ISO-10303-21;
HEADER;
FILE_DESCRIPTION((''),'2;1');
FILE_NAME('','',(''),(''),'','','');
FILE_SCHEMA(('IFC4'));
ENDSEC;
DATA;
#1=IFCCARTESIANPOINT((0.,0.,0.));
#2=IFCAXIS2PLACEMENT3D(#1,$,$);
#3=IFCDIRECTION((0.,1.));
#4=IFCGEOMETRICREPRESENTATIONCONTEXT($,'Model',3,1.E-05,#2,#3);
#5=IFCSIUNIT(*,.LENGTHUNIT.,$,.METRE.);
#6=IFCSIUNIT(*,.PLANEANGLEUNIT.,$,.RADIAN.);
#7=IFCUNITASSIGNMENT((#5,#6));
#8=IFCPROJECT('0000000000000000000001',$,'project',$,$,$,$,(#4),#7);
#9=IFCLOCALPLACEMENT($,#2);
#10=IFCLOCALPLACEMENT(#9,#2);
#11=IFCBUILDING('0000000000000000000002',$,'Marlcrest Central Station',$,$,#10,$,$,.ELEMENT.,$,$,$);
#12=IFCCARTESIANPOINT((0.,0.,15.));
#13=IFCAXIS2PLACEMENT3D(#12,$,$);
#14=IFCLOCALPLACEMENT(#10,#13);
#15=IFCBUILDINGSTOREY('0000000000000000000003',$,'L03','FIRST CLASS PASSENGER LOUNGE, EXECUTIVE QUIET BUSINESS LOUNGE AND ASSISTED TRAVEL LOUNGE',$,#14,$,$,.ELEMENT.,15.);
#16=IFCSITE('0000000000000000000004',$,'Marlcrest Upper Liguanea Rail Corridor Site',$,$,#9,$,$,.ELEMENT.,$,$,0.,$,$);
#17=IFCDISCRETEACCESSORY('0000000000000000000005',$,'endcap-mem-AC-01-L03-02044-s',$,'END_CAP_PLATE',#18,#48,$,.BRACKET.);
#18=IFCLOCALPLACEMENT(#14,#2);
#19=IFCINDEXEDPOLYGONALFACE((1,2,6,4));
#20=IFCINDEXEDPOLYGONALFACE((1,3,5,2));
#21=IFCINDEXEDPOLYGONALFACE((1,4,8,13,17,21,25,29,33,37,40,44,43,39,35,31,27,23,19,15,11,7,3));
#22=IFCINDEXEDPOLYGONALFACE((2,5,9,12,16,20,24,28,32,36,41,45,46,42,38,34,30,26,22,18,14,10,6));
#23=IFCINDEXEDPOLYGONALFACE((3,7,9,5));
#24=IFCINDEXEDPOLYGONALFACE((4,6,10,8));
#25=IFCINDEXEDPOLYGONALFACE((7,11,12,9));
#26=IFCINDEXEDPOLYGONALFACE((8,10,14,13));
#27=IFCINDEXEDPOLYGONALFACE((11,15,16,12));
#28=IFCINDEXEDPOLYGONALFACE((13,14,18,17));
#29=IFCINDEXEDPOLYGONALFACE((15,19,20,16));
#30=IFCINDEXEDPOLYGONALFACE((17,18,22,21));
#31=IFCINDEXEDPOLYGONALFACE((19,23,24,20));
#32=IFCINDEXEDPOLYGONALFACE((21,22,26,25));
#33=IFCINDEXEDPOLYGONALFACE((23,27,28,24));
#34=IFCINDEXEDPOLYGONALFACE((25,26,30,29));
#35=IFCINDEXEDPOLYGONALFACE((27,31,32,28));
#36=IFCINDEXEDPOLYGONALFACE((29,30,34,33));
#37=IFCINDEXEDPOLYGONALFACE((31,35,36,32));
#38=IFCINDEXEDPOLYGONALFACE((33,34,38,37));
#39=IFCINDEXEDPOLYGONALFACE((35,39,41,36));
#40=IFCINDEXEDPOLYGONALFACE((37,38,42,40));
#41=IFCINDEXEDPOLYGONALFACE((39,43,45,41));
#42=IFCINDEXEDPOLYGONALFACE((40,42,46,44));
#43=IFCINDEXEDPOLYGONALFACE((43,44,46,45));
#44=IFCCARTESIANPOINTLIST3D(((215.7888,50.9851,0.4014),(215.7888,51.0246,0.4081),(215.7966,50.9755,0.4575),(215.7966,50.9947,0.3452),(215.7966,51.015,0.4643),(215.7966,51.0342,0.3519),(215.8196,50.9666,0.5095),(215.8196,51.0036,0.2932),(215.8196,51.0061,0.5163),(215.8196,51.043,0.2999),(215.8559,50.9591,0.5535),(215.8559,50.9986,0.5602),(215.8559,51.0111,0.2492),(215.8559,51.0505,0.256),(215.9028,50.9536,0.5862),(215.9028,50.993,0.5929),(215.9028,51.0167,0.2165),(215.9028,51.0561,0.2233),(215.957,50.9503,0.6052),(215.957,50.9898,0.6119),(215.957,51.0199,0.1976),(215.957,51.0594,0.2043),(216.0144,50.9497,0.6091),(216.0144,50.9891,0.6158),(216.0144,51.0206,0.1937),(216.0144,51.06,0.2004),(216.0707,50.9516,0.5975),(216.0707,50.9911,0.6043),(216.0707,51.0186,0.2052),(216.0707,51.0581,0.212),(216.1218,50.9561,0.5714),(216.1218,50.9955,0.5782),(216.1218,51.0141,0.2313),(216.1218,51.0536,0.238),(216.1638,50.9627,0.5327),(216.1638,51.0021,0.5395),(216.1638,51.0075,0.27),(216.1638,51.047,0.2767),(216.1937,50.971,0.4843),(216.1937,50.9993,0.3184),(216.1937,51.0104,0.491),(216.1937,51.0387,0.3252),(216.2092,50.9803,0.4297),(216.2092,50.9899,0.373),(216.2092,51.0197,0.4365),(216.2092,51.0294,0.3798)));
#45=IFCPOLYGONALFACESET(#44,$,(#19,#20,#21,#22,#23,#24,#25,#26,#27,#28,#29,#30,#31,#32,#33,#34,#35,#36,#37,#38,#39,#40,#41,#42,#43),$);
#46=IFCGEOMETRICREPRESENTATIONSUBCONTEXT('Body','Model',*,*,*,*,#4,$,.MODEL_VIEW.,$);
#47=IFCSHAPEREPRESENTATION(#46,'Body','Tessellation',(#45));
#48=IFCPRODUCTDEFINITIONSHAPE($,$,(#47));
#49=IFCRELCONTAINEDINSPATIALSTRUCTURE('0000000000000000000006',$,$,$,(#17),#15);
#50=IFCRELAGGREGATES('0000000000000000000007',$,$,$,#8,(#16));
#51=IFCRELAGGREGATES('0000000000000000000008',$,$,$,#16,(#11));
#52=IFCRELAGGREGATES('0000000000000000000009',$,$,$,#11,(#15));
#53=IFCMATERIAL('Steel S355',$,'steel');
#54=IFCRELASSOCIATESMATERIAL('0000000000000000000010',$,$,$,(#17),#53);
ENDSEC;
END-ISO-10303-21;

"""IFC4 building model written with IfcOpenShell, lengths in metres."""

from ifc_helpers import new_model, si_unit, direction, frame, origin, origin_2d, place, context, subcontext, project, spatial, circle, extrude, material, element, save


model = new_model("IFC4")

# Units and contexts
model_context = context("Model", 3, precision=1e-05, world=origin(), true_north=direction((0.0, 1.0)))
body_context = subcontext(model_context, "Body", "Model", "MODEL_VIEW")
ifc_project = project(units=[si_unit("LENGTHUNIT", "METRE"), si_unit("PLANEANGLEUNIT", "RADIAN")], contexts=[model_context])

# Site, building, storey
site_placement = place(None, origin())
site = spatial("IfcSite", under=ifc_project, at=site_placement, Name="Marlcrest Upper Liguanea Rail Corridor Site", CompositionType="ELEMENT", RefElevation=0.0)
building_placement = place(site_placement, origin())
building = spatial("IfcBuilding", under=site, at=building_placement, Name="Marlcrest Central Station", CompositionType="ELEMENT")
storey_placement = place(building_placement, frame((0.0, 0.0, 15.0)))
storey = spatial("IfcBuildingStorey", under=building, at=storey_placement, Name="L03", Description="FIRST CLASS PASSENGER LOUNGE, EXECUTIVE QUIET BUSINESS LOUNGE AND ASSISTED TRAVEL LOUNGE", CompositionType="ELEMENT", Elevation=15.0)

# Shared definitions
ifc_material_1 = material(Name="Steel S355", Category="steel")

# Discrete accessory
for number, where, z_axis, x_axis, name in (
    (1, (216.0, 50.9851, 0.4014), (0.0, 0.985741, 0.168269), (-1.0, 0.0, 0.0), "endcap-mem-AC-01-L03-02044-s"),
):
    element("IfcDiscreteAccessory", number, at=place(storey_placement, frame(where, z_axis=z_axis, x_axis=x_axis)), inside=storey, material=ifc_material_1, Name=name, ObjectType="END_CAP_PLATE", PredefinedType="BRACKET", context=body_context, shape_type="SweptSolid", body=[
        extrude(circle(Radius=0.2112, at=origin_2d()), origin(), (0.0, 0.0, 1.0), 0.04),
    ])

save(model, "model.ifc")
